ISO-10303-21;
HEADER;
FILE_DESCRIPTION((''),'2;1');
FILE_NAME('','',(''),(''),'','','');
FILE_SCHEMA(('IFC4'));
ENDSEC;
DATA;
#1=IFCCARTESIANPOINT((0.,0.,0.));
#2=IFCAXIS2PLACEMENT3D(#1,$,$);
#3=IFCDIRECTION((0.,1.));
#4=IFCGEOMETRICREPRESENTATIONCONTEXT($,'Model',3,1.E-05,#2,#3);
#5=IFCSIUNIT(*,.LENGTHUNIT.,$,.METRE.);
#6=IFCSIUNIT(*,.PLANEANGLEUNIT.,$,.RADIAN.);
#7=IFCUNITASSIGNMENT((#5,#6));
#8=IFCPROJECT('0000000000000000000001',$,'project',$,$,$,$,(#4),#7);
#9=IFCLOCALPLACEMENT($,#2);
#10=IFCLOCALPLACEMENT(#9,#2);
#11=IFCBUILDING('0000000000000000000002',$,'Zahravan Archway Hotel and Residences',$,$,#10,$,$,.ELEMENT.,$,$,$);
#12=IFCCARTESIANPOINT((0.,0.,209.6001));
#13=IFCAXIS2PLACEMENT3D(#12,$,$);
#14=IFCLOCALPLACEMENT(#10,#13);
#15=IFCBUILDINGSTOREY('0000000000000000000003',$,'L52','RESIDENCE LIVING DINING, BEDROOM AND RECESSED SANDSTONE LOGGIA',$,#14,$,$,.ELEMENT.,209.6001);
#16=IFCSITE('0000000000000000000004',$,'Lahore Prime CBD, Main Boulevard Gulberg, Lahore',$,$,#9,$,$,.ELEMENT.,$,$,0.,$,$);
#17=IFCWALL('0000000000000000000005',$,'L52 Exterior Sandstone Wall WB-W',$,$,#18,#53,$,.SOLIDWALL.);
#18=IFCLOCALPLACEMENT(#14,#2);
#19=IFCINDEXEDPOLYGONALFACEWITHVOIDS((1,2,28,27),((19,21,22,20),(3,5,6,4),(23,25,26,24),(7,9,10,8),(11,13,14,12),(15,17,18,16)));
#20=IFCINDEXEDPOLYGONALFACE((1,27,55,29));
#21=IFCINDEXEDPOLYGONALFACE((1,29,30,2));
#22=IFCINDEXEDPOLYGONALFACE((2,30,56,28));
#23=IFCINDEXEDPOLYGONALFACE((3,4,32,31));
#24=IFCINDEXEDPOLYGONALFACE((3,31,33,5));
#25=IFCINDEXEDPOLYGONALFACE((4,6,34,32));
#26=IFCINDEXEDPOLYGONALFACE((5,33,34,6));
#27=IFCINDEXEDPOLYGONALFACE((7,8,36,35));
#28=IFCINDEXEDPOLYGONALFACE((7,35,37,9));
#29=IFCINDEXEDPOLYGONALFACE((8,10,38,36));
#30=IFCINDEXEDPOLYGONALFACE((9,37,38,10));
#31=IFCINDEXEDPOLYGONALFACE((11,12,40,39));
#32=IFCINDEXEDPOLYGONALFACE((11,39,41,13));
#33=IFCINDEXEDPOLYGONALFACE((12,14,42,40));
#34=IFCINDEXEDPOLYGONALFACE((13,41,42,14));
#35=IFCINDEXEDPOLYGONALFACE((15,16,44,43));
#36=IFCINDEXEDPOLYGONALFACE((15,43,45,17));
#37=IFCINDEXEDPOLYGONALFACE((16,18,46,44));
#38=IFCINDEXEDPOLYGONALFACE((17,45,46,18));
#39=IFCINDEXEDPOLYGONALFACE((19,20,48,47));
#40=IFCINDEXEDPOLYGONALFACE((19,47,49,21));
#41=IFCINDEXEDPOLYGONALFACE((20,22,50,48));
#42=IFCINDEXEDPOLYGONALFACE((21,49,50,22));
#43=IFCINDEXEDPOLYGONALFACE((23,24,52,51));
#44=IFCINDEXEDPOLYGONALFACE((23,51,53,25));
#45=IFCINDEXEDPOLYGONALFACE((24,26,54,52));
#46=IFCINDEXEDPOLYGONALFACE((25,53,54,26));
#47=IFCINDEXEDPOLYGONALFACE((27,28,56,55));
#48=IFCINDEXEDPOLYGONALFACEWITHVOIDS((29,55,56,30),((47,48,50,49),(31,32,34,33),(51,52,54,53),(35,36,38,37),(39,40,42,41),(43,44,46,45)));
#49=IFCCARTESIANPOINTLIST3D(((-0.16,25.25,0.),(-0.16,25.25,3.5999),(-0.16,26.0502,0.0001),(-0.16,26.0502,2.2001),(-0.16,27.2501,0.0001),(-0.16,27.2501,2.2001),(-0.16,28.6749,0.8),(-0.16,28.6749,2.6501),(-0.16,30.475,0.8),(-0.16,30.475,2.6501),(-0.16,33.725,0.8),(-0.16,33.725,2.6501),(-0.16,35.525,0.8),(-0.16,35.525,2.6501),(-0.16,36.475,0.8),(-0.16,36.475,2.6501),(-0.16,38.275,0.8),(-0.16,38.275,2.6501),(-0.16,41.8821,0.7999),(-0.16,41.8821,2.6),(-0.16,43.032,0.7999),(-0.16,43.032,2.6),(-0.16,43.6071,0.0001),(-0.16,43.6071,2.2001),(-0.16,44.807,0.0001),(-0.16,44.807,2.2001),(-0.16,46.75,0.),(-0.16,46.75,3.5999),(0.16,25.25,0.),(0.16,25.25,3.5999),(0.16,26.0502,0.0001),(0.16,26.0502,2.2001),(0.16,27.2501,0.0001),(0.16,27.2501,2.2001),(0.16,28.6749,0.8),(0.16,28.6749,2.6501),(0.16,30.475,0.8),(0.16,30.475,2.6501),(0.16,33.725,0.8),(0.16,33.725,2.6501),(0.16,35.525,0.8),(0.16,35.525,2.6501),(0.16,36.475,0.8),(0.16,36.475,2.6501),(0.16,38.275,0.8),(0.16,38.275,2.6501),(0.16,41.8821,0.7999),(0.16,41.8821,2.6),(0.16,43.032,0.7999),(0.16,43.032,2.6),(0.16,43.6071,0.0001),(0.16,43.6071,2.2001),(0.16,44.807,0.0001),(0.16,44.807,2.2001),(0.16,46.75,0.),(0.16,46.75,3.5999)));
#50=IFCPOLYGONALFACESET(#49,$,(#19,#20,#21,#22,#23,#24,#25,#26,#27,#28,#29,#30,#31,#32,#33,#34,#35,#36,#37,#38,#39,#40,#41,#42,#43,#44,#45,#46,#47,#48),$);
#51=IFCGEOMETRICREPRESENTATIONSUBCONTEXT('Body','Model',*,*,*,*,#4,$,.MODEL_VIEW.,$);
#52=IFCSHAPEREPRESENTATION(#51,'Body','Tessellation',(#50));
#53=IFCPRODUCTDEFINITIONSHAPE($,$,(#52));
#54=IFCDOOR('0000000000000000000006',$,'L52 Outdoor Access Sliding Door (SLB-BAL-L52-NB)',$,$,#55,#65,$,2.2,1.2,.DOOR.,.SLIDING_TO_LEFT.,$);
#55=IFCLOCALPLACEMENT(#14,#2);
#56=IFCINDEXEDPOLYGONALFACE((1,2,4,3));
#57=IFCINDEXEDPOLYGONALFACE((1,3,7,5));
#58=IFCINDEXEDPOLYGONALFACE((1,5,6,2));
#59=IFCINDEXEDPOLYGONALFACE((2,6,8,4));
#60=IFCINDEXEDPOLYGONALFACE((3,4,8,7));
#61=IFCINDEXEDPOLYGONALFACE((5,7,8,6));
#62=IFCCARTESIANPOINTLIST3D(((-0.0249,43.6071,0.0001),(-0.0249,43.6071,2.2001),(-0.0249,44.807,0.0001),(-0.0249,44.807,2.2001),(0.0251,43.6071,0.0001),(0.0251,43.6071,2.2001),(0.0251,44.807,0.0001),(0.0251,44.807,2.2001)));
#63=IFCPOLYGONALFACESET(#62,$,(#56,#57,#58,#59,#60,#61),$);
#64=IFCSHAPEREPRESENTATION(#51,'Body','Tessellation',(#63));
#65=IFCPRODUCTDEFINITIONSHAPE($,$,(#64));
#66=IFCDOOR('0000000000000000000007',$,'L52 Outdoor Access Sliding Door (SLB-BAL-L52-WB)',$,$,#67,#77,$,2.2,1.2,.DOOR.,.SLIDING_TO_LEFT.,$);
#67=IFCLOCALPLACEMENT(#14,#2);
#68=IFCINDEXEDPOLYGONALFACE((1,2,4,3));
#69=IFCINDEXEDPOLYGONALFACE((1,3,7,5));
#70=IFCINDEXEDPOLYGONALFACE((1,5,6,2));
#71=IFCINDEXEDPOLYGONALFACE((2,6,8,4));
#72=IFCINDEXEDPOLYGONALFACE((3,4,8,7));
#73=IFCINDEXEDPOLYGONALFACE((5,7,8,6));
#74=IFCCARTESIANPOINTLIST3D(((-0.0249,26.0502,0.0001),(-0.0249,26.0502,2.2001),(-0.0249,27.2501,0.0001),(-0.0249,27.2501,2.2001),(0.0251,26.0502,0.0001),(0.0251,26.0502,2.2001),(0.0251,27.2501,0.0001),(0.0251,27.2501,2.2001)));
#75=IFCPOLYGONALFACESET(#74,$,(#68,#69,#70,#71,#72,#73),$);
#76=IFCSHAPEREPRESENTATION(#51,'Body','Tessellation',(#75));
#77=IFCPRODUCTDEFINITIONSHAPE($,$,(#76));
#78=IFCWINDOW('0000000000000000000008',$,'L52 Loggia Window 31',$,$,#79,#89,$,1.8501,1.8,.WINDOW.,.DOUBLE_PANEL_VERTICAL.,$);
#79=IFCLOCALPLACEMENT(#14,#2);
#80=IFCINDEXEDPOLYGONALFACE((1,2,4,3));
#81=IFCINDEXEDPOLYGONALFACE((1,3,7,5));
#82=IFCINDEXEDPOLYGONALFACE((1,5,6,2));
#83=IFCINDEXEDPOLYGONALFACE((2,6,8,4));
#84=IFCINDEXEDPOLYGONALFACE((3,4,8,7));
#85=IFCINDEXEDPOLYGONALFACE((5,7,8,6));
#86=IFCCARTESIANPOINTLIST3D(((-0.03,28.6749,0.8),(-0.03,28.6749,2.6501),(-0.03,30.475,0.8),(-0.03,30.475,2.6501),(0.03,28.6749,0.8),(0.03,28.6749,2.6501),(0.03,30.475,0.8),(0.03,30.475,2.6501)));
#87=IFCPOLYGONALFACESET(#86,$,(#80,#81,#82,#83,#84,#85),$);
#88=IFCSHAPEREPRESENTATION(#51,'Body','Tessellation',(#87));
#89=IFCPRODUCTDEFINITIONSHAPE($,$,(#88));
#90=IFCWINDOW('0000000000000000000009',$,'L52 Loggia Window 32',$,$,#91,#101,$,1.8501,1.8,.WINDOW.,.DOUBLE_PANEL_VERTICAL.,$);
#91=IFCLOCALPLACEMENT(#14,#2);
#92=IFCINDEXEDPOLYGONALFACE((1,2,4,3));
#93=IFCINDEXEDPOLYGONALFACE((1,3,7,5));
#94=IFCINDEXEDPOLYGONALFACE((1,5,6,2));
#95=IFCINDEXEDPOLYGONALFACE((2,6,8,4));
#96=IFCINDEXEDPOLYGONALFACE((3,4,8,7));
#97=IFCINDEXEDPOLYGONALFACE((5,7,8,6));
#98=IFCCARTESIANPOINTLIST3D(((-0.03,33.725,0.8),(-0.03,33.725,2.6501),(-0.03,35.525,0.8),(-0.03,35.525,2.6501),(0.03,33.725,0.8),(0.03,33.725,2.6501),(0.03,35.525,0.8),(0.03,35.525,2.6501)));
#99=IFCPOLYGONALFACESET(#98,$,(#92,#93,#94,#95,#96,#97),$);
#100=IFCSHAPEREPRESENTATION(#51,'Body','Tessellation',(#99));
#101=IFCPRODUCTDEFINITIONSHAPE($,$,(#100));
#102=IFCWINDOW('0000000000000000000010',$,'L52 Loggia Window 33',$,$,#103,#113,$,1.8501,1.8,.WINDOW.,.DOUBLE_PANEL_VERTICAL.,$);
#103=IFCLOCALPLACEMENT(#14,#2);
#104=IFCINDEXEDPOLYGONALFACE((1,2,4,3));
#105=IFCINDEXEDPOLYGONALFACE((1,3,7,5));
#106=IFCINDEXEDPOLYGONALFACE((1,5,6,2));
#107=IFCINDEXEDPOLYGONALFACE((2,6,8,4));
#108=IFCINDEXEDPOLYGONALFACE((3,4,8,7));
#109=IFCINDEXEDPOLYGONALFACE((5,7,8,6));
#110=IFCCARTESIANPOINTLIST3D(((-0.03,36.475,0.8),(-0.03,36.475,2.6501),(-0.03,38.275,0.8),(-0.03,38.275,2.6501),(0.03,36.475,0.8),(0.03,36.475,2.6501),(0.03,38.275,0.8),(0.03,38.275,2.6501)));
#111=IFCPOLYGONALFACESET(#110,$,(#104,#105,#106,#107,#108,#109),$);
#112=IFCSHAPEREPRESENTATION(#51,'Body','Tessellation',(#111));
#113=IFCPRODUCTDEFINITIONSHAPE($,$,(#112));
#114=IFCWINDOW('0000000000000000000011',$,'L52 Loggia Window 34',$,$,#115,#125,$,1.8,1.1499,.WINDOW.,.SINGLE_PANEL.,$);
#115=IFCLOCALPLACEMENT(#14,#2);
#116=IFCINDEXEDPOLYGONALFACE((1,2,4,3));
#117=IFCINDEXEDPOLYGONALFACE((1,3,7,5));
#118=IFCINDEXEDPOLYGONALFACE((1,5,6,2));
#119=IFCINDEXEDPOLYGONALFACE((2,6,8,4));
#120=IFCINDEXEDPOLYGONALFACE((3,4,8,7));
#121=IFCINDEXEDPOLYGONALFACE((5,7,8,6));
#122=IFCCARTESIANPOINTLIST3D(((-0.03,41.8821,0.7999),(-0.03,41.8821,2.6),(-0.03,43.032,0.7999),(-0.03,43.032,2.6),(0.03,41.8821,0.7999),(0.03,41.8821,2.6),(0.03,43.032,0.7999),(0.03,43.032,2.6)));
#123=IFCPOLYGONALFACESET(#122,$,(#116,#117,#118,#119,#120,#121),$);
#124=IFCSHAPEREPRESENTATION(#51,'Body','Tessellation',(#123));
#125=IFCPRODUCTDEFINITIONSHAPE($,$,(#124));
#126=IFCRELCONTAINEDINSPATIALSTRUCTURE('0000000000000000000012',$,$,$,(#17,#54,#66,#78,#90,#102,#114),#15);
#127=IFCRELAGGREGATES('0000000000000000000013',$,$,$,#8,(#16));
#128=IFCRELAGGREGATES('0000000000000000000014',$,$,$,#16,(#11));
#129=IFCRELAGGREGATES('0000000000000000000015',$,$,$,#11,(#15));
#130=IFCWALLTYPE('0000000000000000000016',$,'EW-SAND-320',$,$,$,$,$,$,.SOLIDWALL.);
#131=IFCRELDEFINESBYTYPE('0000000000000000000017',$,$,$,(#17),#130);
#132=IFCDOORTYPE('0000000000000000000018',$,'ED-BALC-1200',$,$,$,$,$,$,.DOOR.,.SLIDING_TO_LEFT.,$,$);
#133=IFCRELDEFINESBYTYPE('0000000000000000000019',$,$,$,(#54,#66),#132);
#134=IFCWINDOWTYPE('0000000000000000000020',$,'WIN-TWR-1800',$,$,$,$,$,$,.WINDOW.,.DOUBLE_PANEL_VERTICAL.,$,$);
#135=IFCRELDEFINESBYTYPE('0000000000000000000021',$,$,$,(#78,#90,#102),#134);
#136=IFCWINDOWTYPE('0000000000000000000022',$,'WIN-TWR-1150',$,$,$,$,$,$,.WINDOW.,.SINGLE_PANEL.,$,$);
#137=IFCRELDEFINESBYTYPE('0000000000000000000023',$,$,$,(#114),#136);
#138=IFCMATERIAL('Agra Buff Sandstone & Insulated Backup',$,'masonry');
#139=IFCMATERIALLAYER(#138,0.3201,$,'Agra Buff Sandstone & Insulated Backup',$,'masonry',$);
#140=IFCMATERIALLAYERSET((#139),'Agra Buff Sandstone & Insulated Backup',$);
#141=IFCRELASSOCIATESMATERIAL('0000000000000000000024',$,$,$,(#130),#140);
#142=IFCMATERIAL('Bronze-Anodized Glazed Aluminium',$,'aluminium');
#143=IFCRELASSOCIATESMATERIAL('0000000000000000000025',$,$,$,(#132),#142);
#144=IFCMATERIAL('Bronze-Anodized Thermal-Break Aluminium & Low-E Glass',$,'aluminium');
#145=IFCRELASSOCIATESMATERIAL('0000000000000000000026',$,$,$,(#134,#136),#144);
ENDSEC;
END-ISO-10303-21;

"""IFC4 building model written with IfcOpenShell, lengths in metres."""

from ifc_helpers import new_model, si_unit, direction, frame, frame_2d, origin, place, context, subcontext, project, spatial, rectangle, extrude, source, transform, mapped, material, layer, layer_set, type_object, type_shapes, element, fill, save


model = new_model("IFC4")

# Units and contexts
model_context = context("Model", 3, precision=1e-05, world=origin(), true_north=direction((0.0, 1.0)))
body_context = subcontext(model_context, "Body", "Model", "MODEL_VIEW")
ifc_project = project(units=[si_unit("LENGTHUNIT", "METRE"), si_unit("PLANEANGLEUNIT", "RADIAN")], contexts=[model_context])

# Site, building, storey
site_placement = place(None, origin())
site = spatial("IfcSite", under=ifc_project, at=site_placement, Name="Lahore Prime CBD, Main Boulevard Gulberg, Lahore", CompositionType="ELEMENT", RefElevation=0.0)
building_placement = place(site_placement, origin())
building = spatial("IfcBuilding", under=site, at=building_placement, Name="Zahravan Archway Hotel and Residences", CompositionType="ELEMENT")
storey_placement = place(building_placement, frame((0.0, 0.0, 209.6001)))
storey = spatial("IfcBuildingStorey", under=building, at=storey_placement, Name="L52", Description="RESIDENCE LIVING DINING, BEDROOM AND RECESSED SANDSTONE LOGGIA", CompositionType="ELEMENT", Elevation=209.6001)

# Shared definitions
ifc_material_1 = material(Name="Agra Buff Sandstone & Insulated Backup", Category="masonry")
ifc_layer_1 = layer(ifc_material_1, 0.3201, Name="Agra Buff Sandstone & Insulated Backup", Category="masonry")
ifc_layer_set_1 = layer_set([ifc_layer_1], Name="Agra Buff Sandstone & Insulated Backup")
wall_type_1 = type_object("IfcWallType", Name="EW-SAND-320", PredefinedType="SOLIDWALL", material=ifc_layer_set_1)
ifc_material_2 = material(Name="Bronze-Anodized Thermal-Break Aluminium & Low-E Glass", Category="aluminium")

# Wall, openings, doors, windows
wall_1_placement = place(storey_placement, frame((0.0, 25.25, 0.0), z_axis=(0.0, 0.0, 1.0), x_axis=(0.0, 1.0, 0.0)))
wall_1 = element("IfcWall", 1, at=wall_1_placement, inside=storey, type_object=wall_type_1, Name="L52 Exterior Sandstone Wall WB-W", PredefinedType="SOLIDWALL", context=body_context, shape_type="SweptSolid", body=[
    extrude(rectangle(XDim=21.5, YDim=0.3201, at=frame_2d((10.75, 0.0))), origin(), (0.0, 0.0, 1.0), 3.5999),
])
opening_1_placement = place(wall_1_placement, frame((18.3569, 0.0, 0.0)))
opening_1 = element("IfcOpeningElement", 2, at=opening_1_placement, cuts=wall_1, PredefinedType="OPENING", context=body_context, shape_type="SweptSolid", body=[
    extrude(rectangle(XDim=1.2, YDim=2.2, at=frame_2d((0.6001, 1.1001))), frame((0.0, 0.1699, 0.0), z_axis=(0.0, -1.0, 0.0), x_axis=(1.0, 0.0, 0.0)), (0.0, 0.0, 1.0), 0.3401),
])
opening_2_placement = place(wall_1_placement, frame((0.8, 0.0, 0.0)))
opening_2 = element("IfcOpeningElement", 3, at=opening_2_placement, cuts=wall_1, PredefinedType="OPENING", context=body_context, shape_type="SweptSolid", body=[
    extrude(rectangle(XDim=1.2, YDim=2.2, at=frame_2d((0.6001, 1.1001))), frame((0.0, 0.1699, 0.0), z_axis=(0.0, -1.0, 0.0), x_axis=(1.0, 0.0, 0.0)), (0.0, 0.0, 1.0), 0.3401),
])
opening_3_placement = place(wall_1_placement, frame((3.425, 0.0, 0.8)))
opening_3 = element("IfcOpeningElement", 4, at=opening_3_placement, cuts=wall_1, PredefinedType="OPENING", context=body_context, shape_type="SweptSolid", body=[
    extrude(rectangle(XDim=1.8, YDim=1.8501, at=frame_2d((0.8999, 0.925))), frame((0.0, 0.1699, 0.0), z_axis=(0.0, -1.0, 0.0), x_axis=(1.0, 0.0, 0.0)), (0.0, 0.0, 1.0), 0.3401),
])
opening_4_placement = place(wall_1_placement, frame((8.4751, 0.0, 0.8)))
opening_4 = element("IfcOpeningElement", 5, at=opening_4_placement, cuts=wall_1, PredefinedType="OPENING", context=body_context, shape_type="SweptSolid", body=[
    extrude(rectangle(XDim=1.8, YDim=1.8501, at=frame_2d((0.8999, 0.925))), frame((0.0, 0.1699, 0.0), z_axis=(0.0, -1.0, 0.0), x_axis=(1.0, 0.0, 0.0)), (0.0, 0.0, 1.0), 0.3401),
])
opening_5_placement = place(wall_1_placement, frame((11.2251, 0.0, 0.8)))
opening_5 = element("IfcOpeningElement", 6, at=opening_5_placement, cuts=wall_1, PredefinedType="OPENING", context=body_context, shape_type="SweptSolid", body=[
    extrude(rectangle(XDim=1.8, YDim=1.8501, at=frame_2d((0.8999, 0.925))), frame((0.0, 0.1699, 0.0), z_axis=(0.0, -1.0, 0.0), x_axis=(1.0, 0.0, 0.0)), (0.0, 0.0, 1.0), 0.3401),
])
opening_6_placement = place(wall_1_placement, frame((16.6321, 0.0, 0.8)))
opening_6 = element("IfcOpeningElement", 7, at=opening_6_placement, cuts=wall_1, PredefinedType="OPENING", context=body_context, shape_type="SweptSolid", body=[
    extrude(rectangle(XDim=1.1499, YDim=1.8, at=frame_2d((0.575, 0.8999))), frame((0.0, 0.1699, 0.0), z_axis=(0.0, -1.0, 0.0), x_axis=(1.0, 0.0, 0.0)), (0.0, 0.0, 1.0), 0.3401),
])
ifc_material_3 = material(Name="Bronze-Anodized Glazed Aluminium", Category="aluminium")
door_type_1 = type_object("IfcDoorType", Name="ED-BALC-1200", OperationType="SLIDING_TO_LEFT", PredefinedType="DOOR", material=ifc_material_3)
shared_shape_1 = source(origin(), body_context, "Body", "SweptSolid", [
    extrude(rectangle(XDim=1.2, YDim=2.2, at=frame_2d((0.6001, 1.1001))), frame((0.0, 0.0249, 0.0), z_axis=(0.0, -1.0, 0.0), x_axis=(1.0, 0.0, 0.0)), (0.0, 0.0, 1.0), 0.05),
])
type_shapes(door_type_1, [shared_shape_1])
door_1_placement = place(opening_1_placement, origin())
door_1 = element("IfcDoor", 8, at=door_1_placement, inside=storey, type_object=door_type_1, Name="L52 Outdoor Access Sliding Door (SLB-BAL-L52-NB)", OperationType="SLIDING_TO_LEFT", OverallHeight=2.2, OverallWidth=1.2, PredefinedType="DOOR", context=body_context, shape_type="MappedRepresentation", body=[
    mapped(shared_shape_1, transform((0.0, 0.0, 0.0), scale=1.0)),
])
fill(opening_1, door_1)
door_2_placement = place(opening_2_placement, origin())
door_2 = element("IfcDoor", 9, at=door_2_placement, inside=storey, type_object=door_type_1, Name="L52 Outdoor Access Sliding Door (SLB-BAL-L52-WB)", OperationType="SLIDING_TO_LEFT", OverallHeight=2.2, OverallWidth=1.2, PredefinedType="DOOR", context=body_context, shape_type="MappedRepresentation", body=[
    mapped(shared_shape_1, transform((0.0, 0.0, 0.0), scale=1.0)),
])
fill(opening_2, door_2)
window_type_1 = type_object("IfcWindowType", Name="WIN-TWR-1800", PartitioningType="DOUBLE_PANEL_VERTICAL", PredefinedType="WINDOW", material=ifc_material_2)
shared_shape_2 = source(origin(), body_context, "Body", "SweptSolid", [
    extrude(rectangle(XDim=1.8, YDim=1.8501, at=frame_2d((0.8999, 0.925))), frame((0.0, 0.03, 0.0), z_axis=(0.0, -1.0, 0.0), x_axis=(1.0, 0.0, 0.0)), (0.0, 0.0, 1.0), 0.0601),
])
type_shapes(window_type_1, [shared_shape_2])
window_1_placement = place(opening_3_placement, origin())
window_1 = element("IfcWindow", 10, at=window_1_placement, inside=storey, type_object=window_type_1, Name="L52 Loggia Window 31", OverallHeight=1.8501, OverallWidth=1.8, PartitioningType="DOUBLE_PANEL_VERTICAL", PredefinedType="WINDOW", context=body_context, shape_type="MappedRepresentation", body=[
    mapped(shared_shape_2, transform((0.0, 0.0, 0.0), scale=1.0)),
])
fill(opening_3, window_1)
window_2_placement = place(opening_4_placement, origin())
window_2 = element("IfcWindow", 11, at=window_2_placement, inside=storey, type_object=window_type_1, Name="L52 Loggia Window 32", OverallHeight=1.8501, OverallWidth=1.8, PartitioningType="DOUBLE_PANEL_VERTICAL", PredefinedType="WINDOW", context=body_context, shape_type="MappedRepresentation", body=[
    mapped(shared_shape_2, transform((0.0, 0.0, 0.0), scale=1.0)),
])
fill(opening_4, window_2)
window_3_placement = place(opening_5_placement, origin())
window_3 = element("IfcWindow", 12, at=window_3_placement, inside=storey, type_object=window_type_1, Name="L52 Loggia Window 33", OverallHeight=1.8501, OverallWidth=1.8, PartitioningType="DOUBLE_PANEL_VERTICAL", PredefinedType="WINDOW", context=body_context, shape_type="MappedRepresentation", body=[
    mapped(shared_shape_2, transform((0.0, 0.0, 0.0), scale=1.0)),
])
fill(opening_5, window_3)
window_type_2 = type_object("IfcWindowType", Name="WIN-TWR-1150", PartitioningType="SINGLE_PANEL", PredefinedType="WINDOW", material=ifc_material_2)
shared_shape_3 = source(origin(), body_context, "Body", "SweptSolid", [
    extrude(rectangle(XDim=1.1499, YDim=1.8, at=frame_2d((0.575, 0.8999))), frame((0.0, 0.03, 0.0), z_axis=(0.0, -1.0, 0.0), x_axis=(1.0, 0.0, 0.0)), (0.0, 0.0, 1.0), 0.0601),
])
type_shapes(window_type_2, [shared_shape_3])
window_4_placement = place(opening_6_placement, origin())
window_4 = element("IfcWindow", 13, at=window_4_placement, inside=storey, type_object=window_type_2, Name="L52 Loggia Window 34", OverallHeight=1.8, OverallWidth=1.1499, PartitioningType="SINGLE_PANEL", PredefinedType="WINDOW", context=body_context, shape_type="MappedRepresentation", body=[
    mapped(shared_shape_3, transform((0.0, 0.0, 0.0), scale=1.0)),
])
fill(opening_6, window_4)

save(model, "model.ifc")
